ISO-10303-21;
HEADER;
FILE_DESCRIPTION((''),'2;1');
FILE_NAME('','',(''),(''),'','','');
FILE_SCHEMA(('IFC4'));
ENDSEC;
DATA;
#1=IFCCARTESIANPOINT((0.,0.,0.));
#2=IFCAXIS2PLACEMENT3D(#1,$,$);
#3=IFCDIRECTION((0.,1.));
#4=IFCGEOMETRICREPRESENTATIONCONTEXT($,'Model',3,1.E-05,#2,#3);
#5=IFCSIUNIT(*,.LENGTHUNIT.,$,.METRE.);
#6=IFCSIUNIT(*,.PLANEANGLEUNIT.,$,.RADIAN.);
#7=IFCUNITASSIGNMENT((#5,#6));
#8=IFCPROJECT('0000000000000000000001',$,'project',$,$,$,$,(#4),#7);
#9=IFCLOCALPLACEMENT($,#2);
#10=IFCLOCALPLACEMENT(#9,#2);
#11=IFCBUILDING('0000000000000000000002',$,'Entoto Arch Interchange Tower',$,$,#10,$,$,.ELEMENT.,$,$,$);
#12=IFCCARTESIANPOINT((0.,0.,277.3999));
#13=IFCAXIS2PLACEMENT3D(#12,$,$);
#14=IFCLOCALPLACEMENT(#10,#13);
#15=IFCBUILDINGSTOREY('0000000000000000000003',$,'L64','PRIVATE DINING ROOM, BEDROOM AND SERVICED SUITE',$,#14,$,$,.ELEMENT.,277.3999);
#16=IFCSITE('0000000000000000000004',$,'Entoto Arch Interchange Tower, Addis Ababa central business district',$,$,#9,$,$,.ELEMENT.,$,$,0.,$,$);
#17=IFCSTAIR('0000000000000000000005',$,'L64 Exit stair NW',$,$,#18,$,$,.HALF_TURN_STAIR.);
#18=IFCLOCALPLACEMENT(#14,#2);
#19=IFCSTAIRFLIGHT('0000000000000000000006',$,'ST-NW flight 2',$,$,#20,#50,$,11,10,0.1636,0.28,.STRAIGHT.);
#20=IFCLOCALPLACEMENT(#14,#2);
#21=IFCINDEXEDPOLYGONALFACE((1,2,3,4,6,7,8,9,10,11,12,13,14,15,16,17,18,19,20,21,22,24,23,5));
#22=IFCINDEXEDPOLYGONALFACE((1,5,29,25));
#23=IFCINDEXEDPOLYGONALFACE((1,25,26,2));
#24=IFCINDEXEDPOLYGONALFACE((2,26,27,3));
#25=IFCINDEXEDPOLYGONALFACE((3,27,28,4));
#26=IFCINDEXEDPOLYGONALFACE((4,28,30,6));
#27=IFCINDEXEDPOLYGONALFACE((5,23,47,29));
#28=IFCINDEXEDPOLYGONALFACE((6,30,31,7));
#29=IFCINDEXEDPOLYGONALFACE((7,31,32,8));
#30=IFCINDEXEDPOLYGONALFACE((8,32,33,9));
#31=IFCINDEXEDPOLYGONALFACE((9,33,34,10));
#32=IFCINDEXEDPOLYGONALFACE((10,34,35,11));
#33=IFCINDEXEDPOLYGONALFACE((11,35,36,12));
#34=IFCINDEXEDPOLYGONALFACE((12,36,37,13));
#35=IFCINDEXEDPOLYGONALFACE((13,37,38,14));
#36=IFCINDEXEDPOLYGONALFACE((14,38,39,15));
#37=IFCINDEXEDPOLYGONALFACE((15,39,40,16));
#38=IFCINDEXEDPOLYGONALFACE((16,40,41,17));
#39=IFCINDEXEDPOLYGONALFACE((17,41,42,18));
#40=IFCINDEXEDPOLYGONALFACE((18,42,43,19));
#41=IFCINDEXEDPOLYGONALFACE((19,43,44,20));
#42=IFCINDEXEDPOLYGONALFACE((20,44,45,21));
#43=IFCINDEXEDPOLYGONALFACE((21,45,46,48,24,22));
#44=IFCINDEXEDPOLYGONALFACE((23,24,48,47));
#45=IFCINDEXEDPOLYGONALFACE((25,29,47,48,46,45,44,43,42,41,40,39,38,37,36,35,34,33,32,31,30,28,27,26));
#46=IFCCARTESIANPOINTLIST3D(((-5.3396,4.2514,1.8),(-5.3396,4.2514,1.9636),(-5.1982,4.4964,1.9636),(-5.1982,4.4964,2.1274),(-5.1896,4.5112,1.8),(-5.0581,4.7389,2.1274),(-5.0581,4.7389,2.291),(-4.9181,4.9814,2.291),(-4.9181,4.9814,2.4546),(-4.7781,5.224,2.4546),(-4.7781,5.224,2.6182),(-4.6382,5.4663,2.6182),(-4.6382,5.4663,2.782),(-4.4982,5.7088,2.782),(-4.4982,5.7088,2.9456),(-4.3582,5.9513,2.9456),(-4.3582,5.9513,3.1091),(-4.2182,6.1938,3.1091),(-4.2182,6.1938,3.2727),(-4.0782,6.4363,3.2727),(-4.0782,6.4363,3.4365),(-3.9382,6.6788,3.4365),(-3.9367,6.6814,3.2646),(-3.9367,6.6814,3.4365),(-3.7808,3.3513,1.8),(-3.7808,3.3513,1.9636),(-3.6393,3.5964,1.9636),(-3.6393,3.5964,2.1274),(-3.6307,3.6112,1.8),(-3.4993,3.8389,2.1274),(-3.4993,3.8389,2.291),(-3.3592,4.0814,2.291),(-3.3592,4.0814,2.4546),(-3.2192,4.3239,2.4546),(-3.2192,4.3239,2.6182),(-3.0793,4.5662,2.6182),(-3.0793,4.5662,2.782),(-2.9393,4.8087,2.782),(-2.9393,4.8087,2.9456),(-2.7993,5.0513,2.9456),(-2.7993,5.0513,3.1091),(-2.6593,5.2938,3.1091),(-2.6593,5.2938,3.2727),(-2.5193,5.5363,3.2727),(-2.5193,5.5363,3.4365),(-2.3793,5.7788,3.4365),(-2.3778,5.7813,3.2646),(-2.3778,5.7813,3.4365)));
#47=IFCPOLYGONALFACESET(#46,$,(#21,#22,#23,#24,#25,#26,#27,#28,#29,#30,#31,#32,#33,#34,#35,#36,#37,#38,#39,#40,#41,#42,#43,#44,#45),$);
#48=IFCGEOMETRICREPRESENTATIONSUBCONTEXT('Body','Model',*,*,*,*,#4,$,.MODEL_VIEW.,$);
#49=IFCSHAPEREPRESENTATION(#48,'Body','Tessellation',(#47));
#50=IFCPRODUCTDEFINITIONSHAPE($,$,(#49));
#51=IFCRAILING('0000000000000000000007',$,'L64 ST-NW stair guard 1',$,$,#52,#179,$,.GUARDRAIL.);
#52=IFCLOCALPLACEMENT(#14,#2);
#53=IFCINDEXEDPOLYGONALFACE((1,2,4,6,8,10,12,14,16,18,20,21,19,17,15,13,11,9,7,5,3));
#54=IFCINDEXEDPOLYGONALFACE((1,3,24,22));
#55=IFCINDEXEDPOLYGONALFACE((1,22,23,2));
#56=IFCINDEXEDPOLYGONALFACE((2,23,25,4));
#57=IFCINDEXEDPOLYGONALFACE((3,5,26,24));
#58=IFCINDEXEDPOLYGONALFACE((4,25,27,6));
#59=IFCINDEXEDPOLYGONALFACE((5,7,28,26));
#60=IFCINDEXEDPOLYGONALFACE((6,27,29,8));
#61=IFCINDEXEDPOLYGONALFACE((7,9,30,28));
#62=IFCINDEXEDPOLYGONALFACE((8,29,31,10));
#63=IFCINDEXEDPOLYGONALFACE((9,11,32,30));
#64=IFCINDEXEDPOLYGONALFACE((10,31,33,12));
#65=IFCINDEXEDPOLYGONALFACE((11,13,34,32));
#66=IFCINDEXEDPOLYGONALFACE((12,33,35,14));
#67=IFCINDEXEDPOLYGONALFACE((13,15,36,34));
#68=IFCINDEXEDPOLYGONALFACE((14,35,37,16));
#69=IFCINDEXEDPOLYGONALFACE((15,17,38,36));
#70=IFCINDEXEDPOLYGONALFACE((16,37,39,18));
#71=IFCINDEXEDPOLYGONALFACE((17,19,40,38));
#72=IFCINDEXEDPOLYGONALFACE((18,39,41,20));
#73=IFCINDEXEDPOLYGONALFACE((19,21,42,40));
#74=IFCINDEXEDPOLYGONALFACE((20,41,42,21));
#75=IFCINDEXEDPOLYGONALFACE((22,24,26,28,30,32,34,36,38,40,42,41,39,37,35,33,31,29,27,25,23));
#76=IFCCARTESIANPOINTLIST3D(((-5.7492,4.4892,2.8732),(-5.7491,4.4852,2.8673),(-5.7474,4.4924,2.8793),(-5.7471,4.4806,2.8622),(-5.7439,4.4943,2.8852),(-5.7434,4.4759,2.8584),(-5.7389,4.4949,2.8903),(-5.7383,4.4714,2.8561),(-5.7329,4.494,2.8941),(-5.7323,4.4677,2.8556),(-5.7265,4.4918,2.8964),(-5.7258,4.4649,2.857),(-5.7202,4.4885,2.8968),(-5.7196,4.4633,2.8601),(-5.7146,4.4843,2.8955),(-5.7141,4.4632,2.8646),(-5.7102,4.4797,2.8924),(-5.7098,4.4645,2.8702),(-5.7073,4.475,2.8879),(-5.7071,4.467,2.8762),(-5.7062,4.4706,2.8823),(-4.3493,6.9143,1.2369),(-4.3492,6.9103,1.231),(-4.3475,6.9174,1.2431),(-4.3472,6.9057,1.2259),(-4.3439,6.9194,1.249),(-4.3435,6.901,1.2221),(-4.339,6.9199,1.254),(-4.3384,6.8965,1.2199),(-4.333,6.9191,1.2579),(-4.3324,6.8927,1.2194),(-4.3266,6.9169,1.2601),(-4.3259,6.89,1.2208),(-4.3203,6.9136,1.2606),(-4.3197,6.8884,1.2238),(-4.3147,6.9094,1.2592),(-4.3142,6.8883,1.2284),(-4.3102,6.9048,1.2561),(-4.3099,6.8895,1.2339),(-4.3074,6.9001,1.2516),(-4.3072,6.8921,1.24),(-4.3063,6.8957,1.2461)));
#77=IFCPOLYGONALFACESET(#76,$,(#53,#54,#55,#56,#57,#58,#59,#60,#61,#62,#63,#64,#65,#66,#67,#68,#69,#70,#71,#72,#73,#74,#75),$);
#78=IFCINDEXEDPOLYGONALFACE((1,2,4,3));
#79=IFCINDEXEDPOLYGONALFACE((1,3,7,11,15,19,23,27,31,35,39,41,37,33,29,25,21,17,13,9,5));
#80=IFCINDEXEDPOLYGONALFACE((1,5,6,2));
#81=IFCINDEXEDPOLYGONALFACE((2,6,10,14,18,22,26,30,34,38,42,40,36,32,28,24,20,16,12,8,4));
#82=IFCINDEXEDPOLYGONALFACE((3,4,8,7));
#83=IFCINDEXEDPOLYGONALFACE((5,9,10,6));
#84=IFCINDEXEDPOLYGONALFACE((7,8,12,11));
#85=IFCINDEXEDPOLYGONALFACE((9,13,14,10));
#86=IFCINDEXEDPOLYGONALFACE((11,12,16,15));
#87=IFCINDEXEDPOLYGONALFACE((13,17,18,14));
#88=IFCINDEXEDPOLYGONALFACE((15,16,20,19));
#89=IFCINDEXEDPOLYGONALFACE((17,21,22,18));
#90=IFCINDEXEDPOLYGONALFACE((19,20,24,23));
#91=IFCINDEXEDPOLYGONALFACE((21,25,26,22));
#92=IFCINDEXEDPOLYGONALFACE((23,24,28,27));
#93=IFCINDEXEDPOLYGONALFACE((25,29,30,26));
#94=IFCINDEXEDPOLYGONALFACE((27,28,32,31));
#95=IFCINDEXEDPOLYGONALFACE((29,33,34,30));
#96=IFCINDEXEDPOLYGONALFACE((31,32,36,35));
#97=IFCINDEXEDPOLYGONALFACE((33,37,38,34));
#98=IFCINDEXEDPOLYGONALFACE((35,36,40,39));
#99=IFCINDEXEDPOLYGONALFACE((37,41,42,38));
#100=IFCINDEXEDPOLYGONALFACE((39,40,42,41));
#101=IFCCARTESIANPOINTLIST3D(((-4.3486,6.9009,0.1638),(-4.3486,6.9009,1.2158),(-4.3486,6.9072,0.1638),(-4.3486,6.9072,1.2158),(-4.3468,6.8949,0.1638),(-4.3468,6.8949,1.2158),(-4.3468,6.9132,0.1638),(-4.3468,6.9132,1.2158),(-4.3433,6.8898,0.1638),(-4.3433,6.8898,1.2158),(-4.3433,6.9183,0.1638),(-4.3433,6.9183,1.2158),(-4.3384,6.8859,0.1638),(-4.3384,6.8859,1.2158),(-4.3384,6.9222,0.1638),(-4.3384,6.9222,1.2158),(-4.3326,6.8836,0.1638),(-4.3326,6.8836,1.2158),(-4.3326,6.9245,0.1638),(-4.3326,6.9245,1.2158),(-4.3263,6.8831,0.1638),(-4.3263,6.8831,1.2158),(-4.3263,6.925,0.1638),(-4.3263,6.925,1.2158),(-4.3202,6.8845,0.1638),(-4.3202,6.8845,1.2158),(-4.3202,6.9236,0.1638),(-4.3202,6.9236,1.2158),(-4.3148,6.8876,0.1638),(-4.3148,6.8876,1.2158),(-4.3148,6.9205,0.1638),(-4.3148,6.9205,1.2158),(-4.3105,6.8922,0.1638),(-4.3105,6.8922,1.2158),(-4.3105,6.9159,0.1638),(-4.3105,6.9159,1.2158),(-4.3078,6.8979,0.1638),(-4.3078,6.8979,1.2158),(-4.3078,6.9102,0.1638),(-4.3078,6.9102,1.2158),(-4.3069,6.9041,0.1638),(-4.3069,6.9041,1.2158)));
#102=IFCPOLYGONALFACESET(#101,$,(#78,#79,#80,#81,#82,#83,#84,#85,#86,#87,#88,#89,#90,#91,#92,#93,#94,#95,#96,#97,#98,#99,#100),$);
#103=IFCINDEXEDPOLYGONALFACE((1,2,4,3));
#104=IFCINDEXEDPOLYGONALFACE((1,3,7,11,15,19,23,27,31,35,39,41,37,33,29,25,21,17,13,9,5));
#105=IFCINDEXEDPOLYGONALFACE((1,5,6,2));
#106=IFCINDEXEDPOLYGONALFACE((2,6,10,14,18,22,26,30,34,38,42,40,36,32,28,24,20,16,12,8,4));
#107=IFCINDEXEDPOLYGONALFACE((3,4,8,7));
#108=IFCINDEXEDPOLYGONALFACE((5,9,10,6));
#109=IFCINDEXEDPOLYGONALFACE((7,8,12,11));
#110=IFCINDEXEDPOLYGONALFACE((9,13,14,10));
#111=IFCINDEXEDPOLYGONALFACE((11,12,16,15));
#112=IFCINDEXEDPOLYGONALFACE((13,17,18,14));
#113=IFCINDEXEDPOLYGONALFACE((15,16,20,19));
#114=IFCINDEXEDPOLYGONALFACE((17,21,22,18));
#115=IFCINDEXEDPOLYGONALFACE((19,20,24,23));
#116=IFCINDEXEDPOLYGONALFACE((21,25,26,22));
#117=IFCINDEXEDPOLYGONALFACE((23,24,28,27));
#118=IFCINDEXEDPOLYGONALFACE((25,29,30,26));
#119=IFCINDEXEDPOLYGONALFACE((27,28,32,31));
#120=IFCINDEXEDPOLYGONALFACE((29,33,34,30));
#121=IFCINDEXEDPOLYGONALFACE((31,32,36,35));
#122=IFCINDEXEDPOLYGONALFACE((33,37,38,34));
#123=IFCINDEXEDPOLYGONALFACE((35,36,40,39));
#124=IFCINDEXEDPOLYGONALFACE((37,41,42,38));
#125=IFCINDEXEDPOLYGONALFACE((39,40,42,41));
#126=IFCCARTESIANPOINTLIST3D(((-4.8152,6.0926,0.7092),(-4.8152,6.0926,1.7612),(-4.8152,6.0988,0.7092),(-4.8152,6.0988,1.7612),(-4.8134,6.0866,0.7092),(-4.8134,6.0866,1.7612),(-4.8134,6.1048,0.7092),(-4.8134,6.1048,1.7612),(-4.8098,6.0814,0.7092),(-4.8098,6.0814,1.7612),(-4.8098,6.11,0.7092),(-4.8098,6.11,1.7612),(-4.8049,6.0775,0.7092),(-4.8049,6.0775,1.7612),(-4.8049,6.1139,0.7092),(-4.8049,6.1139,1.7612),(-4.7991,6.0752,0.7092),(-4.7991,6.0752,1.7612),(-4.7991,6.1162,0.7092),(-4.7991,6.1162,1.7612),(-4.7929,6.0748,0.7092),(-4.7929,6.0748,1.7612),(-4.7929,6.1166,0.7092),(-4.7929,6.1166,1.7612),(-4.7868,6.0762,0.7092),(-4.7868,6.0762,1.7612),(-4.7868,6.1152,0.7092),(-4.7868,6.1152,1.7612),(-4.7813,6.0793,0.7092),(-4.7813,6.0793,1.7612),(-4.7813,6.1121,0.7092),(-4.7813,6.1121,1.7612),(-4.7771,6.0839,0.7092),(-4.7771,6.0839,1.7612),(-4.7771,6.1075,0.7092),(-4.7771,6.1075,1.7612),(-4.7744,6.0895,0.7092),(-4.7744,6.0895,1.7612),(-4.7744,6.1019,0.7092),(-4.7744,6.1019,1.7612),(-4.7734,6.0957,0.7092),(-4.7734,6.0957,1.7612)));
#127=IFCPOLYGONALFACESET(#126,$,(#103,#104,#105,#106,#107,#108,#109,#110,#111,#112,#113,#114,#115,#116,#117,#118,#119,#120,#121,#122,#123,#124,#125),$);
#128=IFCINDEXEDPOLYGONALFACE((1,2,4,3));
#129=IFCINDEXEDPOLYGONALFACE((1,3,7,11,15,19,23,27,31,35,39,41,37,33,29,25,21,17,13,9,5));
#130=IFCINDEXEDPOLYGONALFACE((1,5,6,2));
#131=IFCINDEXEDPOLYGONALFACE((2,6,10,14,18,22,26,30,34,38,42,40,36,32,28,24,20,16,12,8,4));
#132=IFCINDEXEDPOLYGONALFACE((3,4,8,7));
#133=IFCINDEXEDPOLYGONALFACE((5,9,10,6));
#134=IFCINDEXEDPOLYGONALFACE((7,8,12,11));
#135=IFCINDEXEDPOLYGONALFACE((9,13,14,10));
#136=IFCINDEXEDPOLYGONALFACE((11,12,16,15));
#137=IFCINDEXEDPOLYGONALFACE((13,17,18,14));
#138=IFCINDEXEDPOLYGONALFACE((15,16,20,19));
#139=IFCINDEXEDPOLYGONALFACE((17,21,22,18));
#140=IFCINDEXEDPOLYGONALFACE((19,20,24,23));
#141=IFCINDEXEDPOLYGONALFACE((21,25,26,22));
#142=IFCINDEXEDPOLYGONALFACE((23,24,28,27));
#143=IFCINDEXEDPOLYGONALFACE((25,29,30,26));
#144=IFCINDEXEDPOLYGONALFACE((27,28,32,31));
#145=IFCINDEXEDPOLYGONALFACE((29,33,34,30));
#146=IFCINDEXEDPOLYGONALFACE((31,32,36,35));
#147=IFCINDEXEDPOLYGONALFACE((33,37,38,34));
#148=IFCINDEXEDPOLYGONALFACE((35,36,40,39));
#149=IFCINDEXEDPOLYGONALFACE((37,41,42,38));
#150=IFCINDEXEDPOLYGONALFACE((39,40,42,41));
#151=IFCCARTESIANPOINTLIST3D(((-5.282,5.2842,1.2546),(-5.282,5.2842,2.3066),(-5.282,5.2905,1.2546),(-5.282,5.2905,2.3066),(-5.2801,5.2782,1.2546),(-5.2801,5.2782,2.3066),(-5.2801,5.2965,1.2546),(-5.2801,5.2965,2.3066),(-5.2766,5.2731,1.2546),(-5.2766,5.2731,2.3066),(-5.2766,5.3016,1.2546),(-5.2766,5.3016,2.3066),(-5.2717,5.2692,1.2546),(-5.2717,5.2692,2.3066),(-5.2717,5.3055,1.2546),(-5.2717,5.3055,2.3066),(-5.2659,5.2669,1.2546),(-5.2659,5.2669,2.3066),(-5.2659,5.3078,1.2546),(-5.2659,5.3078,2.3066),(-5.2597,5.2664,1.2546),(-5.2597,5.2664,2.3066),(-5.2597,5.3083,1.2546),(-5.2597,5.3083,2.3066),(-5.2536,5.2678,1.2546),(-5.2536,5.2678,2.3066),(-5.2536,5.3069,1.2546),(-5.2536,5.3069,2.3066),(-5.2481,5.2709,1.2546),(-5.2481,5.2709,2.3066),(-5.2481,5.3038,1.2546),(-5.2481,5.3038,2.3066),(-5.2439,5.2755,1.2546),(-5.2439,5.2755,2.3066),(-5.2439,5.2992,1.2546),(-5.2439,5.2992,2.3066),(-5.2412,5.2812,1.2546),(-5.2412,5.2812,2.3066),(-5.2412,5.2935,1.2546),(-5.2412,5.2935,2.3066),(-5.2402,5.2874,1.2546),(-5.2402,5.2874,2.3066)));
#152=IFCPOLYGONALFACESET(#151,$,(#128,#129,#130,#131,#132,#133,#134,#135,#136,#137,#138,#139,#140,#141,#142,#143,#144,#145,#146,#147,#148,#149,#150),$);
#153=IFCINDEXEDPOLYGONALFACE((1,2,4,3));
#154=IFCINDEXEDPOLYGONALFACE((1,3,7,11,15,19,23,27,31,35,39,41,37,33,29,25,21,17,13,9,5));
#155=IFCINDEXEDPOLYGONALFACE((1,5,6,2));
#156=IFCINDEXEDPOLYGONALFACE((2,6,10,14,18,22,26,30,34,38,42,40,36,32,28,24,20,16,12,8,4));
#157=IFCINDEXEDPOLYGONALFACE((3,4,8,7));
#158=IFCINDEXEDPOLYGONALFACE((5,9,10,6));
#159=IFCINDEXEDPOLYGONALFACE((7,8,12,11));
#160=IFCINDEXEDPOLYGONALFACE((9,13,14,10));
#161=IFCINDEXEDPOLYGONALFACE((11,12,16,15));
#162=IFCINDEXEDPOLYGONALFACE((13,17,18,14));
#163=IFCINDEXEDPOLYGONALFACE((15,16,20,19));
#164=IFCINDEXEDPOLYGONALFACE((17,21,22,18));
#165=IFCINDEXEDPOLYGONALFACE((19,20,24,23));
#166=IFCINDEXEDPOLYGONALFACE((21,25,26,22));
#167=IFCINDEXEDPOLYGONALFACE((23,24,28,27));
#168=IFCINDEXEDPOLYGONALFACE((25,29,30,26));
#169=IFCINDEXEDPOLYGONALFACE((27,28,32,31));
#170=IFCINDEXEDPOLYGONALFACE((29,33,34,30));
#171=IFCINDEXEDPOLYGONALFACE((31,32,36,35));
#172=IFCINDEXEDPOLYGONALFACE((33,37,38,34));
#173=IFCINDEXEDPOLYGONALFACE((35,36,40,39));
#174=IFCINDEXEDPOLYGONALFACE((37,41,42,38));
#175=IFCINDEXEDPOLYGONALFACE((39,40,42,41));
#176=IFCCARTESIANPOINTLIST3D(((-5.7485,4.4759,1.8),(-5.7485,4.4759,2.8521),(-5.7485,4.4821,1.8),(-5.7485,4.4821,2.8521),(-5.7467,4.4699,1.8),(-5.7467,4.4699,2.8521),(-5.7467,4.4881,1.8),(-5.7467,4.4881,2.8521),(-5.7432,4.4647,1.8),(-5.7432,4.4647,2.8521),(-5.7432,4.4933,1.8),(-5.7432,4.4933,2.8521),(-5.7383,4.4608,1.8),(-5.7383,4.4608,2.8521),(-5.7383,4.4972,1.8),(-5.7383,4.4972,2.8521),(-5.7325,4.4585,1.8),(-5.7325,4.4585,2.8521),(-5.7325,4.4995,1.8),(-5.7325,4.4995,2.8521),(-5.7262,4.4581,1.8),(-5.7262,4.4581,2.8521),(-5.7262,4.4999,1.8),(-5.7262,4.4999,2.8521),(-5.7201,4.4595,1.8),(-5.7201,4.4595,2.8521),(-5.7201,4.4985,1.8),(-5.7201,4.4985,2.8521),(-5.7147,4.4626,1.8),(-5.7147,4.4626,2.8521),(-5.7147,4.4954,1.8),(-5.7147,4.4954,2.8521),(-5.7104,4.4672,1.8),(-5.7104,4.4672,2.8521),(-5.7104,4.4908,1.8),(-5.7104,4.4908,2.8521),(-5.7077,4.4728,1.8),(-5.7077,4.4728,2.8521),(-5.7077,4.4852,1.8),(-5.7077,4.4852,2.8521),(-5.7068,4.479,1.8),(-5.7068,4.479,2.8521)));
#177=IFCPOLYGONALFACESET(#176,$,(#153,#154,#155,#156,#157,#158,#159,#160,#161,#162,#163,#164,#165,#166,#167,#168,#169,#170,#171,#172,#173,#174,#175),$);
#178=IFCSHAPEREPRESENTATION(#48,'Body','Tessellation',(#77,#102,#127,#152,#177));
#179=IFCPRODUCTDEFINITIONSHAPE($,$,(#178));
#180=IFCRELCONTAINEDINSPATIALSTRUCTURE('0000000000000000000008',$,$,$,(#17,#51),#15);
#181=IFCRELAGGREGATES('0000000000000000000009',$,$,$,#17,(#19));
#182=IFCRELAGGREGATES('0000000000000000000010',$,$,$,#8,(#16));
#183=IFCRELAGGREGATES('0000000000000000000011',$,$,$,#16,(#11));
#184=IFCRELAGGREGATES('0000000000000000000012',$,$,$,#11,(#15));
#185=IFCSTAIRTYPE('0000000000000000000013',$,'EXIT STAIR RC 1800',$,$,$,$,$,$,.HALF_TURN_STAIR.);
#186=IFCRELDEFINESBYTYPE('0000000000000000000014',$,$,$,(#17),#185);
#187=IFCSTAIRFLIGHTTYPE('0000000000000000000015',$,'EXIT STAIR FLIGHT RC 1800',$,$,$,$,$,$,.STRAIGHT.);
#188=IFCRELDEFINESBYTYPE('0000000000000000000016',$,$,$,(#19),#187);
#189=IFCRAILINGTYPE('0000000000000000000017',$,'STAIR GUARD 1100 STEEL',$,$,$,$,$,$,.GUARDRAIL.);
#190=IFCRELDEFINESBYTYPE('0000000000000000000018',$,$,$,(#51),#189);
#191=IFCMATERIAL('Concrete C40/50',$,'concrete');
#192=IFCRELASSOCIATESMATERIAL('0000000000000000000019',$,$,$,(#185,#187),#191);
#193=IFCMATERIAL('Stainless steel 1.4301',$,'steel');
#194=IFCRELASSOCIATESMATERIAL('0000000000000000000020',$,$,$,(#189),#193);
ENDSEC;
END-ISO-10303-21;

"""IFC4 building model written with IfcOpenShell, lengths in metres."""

from ifc_helpers import new_model, si_unit, direction, frame, origin, origin_2d, place, context, subcontext, project, spatial, polyline, circle, outline, extrude, material, type_object, element, aggregate, save


model = new_model("IFC4")

# Units and contexts
model_context = context("Model", 3, precision=1e-05, world=origin(), true_north=direction((0.0, 1.0)))
body_context = subcontext(model_context, "Body", "Model", "MODEL_VIEW")
ifc_project = project(units=[si_unit("LENGTHUNIT", "METRE"), si_unit("PLANEANGLEUNIT", "RADIAN")], contexts=[model_context])

# Site, building, storey
site_placement = place(None, origin())
site = spatial("IfcSite", under=ifc_project, at=site_placement, Name="Entoto Arch Interchange Tower, Addis Ababa central business district", CompositionType="ELEMENT", RefElevation=0.0)
building_placement = place(site_placement, origin())
building = spatial("IfcBuilding", under=site, at=building_placement, Name="Entoto Arch Interchange Tower", CompositionType="ELEMENT")
storey_placement = place(building_placement, frame((0.0, 0.0, 277.3999)))
storey = spatial("IfcBuildingStorey", under=building, at=storey_placement, Name="L64", Description="PRIVATE DINING ROOM, BEDROOM AND SERVICED SUITE", CompositionType="ELEMENT", Elevation=277.3999)

# Shared definitions
ifc_material_1 = material(Name="Concrete C40/50", Category="concrete")

# Stair, stair flight
stair_type = type_object("IfcStairType", Name="EXIT STAIR RC 1800", PredefinedType="HALF_TURN_STAIR", material=ifc_material_1)
stair_placement = place(storey_placement, origin())
stair = element("IfcStair", 1, at=stair_placement, inside=storey, type_object=stair_type, Name="L64 Exit stair NW", PredefinedType="HALF_TURN_STAIR")
stair_flight_type = type_object("IfcStairFlightType", Name="EXIT STAIR FLIGHT RC 1800", PredefinedType="STRAIGHT", material=ifc_material_1)
stair_flight_1_placement = place(storey_placement, frame((-4.5588, 3.804, 1.8), z_axis=(0.0, 0.0, 1.0), x_axis=(0.5, 0.866025, 0.0)))
stair_flight_1 = element("IfcStairFlight", 2, at=stair_flight_1_placement, type_object=stair_flight_type, Name="ST-NW flight 2", NumberOfRisers=11, NumberOfTreads=10, PredefinedType="STRAIGHT", RiserHeight=0.1636, TreadLength=0.28, context=body_context, shape_type="SweptSolid", body=[
    extrude(outline(polyline([(-0.0029, 0.0), (-0.0029, 0.1636), (0.28, 0.1636), (0.28, 0.3274), (0.5601, 0.3274), (0.5601, 0.491), (0.8401, 0.491), (0.8401, 0.6545), (1.1201, 0.6545), (1.1201, 0.8181), (1.3999, 0.8181), (1.3999, 0.9819), (1.6799, 0.9819), (1.6799, 1.1455), (1.96, 1.1455), (1.96, 1.3091), (2.24, 1.3091), (2.24, 1.4727), (2.52, 1.4727), (2.52, 1.6365), (2.8, 1.6365), (2.803, 1.6365), (2.803, 1.4646), (0.2971, 0.0), (-0.0029, 0.0)])), frame((0.0, 0.8999, 0.0), z_axis=(0.0, -1.0, 0.0), x_axis=(1.0, 0.0, 0.0)), (0.0, 0.0, 1.0), 1.8),
])
aggregate(stair, [stair_flight_1])

# Railing
ifc_material_2 = material(Name="Stainless steel 1.4301", Category="steel")
railing_type_1 = type_object("IfcRailingType", Name="STAIR GUARD 1100 STEEL", PredefinedType="GUARDRAIL", material=ifc_material_2)
railing_1_placement = place(storey_placement, frame((-4.3279, 6.9041, 0.1638)))
element("IfcRailing", 3, at=railing_1_placement, inside=storey, type_object=railing_type_1, Name="L64 ST-NW stair guard 1", PredefinedType="GUARDRAIL", context=body_context, shape_type="SweptSolid", body=[
    extrude(circle(Radius=0.0239, at=origin_2d()), frame((0.0, 0.0, 1.0762), z_axis=(-0.431653, -0.747751, 0.504523), x_axis=(0.866056, -0.499946, 0.0)), (0.0, 0.0, 1.0), 3.2432),
    extrude(circle(Radius=0.021, at=origin_2d()), origin(), (0.0, 0.0, 1.0), 1.052),
    extrude(circle(Radius=0.021, at=origin_2d()), frame((-0.4666, -0.8083, 0.5454)), (0.0, 0.0, 1.0), 1.052),
    extrude(circle(Radius=0.021, at=origin_2d()), frame((-0.9333, -1.6167, 1.0908)), (0.0, 0.0, 1.0), 1.052),
    extrude(circle(Radius=0.021, at=origin_2d()), frame((-1.3999, -2.425, 1.6362)), (0.0, 0.0, 1.0), 1.052),
])

save(model, "model.ifc")
